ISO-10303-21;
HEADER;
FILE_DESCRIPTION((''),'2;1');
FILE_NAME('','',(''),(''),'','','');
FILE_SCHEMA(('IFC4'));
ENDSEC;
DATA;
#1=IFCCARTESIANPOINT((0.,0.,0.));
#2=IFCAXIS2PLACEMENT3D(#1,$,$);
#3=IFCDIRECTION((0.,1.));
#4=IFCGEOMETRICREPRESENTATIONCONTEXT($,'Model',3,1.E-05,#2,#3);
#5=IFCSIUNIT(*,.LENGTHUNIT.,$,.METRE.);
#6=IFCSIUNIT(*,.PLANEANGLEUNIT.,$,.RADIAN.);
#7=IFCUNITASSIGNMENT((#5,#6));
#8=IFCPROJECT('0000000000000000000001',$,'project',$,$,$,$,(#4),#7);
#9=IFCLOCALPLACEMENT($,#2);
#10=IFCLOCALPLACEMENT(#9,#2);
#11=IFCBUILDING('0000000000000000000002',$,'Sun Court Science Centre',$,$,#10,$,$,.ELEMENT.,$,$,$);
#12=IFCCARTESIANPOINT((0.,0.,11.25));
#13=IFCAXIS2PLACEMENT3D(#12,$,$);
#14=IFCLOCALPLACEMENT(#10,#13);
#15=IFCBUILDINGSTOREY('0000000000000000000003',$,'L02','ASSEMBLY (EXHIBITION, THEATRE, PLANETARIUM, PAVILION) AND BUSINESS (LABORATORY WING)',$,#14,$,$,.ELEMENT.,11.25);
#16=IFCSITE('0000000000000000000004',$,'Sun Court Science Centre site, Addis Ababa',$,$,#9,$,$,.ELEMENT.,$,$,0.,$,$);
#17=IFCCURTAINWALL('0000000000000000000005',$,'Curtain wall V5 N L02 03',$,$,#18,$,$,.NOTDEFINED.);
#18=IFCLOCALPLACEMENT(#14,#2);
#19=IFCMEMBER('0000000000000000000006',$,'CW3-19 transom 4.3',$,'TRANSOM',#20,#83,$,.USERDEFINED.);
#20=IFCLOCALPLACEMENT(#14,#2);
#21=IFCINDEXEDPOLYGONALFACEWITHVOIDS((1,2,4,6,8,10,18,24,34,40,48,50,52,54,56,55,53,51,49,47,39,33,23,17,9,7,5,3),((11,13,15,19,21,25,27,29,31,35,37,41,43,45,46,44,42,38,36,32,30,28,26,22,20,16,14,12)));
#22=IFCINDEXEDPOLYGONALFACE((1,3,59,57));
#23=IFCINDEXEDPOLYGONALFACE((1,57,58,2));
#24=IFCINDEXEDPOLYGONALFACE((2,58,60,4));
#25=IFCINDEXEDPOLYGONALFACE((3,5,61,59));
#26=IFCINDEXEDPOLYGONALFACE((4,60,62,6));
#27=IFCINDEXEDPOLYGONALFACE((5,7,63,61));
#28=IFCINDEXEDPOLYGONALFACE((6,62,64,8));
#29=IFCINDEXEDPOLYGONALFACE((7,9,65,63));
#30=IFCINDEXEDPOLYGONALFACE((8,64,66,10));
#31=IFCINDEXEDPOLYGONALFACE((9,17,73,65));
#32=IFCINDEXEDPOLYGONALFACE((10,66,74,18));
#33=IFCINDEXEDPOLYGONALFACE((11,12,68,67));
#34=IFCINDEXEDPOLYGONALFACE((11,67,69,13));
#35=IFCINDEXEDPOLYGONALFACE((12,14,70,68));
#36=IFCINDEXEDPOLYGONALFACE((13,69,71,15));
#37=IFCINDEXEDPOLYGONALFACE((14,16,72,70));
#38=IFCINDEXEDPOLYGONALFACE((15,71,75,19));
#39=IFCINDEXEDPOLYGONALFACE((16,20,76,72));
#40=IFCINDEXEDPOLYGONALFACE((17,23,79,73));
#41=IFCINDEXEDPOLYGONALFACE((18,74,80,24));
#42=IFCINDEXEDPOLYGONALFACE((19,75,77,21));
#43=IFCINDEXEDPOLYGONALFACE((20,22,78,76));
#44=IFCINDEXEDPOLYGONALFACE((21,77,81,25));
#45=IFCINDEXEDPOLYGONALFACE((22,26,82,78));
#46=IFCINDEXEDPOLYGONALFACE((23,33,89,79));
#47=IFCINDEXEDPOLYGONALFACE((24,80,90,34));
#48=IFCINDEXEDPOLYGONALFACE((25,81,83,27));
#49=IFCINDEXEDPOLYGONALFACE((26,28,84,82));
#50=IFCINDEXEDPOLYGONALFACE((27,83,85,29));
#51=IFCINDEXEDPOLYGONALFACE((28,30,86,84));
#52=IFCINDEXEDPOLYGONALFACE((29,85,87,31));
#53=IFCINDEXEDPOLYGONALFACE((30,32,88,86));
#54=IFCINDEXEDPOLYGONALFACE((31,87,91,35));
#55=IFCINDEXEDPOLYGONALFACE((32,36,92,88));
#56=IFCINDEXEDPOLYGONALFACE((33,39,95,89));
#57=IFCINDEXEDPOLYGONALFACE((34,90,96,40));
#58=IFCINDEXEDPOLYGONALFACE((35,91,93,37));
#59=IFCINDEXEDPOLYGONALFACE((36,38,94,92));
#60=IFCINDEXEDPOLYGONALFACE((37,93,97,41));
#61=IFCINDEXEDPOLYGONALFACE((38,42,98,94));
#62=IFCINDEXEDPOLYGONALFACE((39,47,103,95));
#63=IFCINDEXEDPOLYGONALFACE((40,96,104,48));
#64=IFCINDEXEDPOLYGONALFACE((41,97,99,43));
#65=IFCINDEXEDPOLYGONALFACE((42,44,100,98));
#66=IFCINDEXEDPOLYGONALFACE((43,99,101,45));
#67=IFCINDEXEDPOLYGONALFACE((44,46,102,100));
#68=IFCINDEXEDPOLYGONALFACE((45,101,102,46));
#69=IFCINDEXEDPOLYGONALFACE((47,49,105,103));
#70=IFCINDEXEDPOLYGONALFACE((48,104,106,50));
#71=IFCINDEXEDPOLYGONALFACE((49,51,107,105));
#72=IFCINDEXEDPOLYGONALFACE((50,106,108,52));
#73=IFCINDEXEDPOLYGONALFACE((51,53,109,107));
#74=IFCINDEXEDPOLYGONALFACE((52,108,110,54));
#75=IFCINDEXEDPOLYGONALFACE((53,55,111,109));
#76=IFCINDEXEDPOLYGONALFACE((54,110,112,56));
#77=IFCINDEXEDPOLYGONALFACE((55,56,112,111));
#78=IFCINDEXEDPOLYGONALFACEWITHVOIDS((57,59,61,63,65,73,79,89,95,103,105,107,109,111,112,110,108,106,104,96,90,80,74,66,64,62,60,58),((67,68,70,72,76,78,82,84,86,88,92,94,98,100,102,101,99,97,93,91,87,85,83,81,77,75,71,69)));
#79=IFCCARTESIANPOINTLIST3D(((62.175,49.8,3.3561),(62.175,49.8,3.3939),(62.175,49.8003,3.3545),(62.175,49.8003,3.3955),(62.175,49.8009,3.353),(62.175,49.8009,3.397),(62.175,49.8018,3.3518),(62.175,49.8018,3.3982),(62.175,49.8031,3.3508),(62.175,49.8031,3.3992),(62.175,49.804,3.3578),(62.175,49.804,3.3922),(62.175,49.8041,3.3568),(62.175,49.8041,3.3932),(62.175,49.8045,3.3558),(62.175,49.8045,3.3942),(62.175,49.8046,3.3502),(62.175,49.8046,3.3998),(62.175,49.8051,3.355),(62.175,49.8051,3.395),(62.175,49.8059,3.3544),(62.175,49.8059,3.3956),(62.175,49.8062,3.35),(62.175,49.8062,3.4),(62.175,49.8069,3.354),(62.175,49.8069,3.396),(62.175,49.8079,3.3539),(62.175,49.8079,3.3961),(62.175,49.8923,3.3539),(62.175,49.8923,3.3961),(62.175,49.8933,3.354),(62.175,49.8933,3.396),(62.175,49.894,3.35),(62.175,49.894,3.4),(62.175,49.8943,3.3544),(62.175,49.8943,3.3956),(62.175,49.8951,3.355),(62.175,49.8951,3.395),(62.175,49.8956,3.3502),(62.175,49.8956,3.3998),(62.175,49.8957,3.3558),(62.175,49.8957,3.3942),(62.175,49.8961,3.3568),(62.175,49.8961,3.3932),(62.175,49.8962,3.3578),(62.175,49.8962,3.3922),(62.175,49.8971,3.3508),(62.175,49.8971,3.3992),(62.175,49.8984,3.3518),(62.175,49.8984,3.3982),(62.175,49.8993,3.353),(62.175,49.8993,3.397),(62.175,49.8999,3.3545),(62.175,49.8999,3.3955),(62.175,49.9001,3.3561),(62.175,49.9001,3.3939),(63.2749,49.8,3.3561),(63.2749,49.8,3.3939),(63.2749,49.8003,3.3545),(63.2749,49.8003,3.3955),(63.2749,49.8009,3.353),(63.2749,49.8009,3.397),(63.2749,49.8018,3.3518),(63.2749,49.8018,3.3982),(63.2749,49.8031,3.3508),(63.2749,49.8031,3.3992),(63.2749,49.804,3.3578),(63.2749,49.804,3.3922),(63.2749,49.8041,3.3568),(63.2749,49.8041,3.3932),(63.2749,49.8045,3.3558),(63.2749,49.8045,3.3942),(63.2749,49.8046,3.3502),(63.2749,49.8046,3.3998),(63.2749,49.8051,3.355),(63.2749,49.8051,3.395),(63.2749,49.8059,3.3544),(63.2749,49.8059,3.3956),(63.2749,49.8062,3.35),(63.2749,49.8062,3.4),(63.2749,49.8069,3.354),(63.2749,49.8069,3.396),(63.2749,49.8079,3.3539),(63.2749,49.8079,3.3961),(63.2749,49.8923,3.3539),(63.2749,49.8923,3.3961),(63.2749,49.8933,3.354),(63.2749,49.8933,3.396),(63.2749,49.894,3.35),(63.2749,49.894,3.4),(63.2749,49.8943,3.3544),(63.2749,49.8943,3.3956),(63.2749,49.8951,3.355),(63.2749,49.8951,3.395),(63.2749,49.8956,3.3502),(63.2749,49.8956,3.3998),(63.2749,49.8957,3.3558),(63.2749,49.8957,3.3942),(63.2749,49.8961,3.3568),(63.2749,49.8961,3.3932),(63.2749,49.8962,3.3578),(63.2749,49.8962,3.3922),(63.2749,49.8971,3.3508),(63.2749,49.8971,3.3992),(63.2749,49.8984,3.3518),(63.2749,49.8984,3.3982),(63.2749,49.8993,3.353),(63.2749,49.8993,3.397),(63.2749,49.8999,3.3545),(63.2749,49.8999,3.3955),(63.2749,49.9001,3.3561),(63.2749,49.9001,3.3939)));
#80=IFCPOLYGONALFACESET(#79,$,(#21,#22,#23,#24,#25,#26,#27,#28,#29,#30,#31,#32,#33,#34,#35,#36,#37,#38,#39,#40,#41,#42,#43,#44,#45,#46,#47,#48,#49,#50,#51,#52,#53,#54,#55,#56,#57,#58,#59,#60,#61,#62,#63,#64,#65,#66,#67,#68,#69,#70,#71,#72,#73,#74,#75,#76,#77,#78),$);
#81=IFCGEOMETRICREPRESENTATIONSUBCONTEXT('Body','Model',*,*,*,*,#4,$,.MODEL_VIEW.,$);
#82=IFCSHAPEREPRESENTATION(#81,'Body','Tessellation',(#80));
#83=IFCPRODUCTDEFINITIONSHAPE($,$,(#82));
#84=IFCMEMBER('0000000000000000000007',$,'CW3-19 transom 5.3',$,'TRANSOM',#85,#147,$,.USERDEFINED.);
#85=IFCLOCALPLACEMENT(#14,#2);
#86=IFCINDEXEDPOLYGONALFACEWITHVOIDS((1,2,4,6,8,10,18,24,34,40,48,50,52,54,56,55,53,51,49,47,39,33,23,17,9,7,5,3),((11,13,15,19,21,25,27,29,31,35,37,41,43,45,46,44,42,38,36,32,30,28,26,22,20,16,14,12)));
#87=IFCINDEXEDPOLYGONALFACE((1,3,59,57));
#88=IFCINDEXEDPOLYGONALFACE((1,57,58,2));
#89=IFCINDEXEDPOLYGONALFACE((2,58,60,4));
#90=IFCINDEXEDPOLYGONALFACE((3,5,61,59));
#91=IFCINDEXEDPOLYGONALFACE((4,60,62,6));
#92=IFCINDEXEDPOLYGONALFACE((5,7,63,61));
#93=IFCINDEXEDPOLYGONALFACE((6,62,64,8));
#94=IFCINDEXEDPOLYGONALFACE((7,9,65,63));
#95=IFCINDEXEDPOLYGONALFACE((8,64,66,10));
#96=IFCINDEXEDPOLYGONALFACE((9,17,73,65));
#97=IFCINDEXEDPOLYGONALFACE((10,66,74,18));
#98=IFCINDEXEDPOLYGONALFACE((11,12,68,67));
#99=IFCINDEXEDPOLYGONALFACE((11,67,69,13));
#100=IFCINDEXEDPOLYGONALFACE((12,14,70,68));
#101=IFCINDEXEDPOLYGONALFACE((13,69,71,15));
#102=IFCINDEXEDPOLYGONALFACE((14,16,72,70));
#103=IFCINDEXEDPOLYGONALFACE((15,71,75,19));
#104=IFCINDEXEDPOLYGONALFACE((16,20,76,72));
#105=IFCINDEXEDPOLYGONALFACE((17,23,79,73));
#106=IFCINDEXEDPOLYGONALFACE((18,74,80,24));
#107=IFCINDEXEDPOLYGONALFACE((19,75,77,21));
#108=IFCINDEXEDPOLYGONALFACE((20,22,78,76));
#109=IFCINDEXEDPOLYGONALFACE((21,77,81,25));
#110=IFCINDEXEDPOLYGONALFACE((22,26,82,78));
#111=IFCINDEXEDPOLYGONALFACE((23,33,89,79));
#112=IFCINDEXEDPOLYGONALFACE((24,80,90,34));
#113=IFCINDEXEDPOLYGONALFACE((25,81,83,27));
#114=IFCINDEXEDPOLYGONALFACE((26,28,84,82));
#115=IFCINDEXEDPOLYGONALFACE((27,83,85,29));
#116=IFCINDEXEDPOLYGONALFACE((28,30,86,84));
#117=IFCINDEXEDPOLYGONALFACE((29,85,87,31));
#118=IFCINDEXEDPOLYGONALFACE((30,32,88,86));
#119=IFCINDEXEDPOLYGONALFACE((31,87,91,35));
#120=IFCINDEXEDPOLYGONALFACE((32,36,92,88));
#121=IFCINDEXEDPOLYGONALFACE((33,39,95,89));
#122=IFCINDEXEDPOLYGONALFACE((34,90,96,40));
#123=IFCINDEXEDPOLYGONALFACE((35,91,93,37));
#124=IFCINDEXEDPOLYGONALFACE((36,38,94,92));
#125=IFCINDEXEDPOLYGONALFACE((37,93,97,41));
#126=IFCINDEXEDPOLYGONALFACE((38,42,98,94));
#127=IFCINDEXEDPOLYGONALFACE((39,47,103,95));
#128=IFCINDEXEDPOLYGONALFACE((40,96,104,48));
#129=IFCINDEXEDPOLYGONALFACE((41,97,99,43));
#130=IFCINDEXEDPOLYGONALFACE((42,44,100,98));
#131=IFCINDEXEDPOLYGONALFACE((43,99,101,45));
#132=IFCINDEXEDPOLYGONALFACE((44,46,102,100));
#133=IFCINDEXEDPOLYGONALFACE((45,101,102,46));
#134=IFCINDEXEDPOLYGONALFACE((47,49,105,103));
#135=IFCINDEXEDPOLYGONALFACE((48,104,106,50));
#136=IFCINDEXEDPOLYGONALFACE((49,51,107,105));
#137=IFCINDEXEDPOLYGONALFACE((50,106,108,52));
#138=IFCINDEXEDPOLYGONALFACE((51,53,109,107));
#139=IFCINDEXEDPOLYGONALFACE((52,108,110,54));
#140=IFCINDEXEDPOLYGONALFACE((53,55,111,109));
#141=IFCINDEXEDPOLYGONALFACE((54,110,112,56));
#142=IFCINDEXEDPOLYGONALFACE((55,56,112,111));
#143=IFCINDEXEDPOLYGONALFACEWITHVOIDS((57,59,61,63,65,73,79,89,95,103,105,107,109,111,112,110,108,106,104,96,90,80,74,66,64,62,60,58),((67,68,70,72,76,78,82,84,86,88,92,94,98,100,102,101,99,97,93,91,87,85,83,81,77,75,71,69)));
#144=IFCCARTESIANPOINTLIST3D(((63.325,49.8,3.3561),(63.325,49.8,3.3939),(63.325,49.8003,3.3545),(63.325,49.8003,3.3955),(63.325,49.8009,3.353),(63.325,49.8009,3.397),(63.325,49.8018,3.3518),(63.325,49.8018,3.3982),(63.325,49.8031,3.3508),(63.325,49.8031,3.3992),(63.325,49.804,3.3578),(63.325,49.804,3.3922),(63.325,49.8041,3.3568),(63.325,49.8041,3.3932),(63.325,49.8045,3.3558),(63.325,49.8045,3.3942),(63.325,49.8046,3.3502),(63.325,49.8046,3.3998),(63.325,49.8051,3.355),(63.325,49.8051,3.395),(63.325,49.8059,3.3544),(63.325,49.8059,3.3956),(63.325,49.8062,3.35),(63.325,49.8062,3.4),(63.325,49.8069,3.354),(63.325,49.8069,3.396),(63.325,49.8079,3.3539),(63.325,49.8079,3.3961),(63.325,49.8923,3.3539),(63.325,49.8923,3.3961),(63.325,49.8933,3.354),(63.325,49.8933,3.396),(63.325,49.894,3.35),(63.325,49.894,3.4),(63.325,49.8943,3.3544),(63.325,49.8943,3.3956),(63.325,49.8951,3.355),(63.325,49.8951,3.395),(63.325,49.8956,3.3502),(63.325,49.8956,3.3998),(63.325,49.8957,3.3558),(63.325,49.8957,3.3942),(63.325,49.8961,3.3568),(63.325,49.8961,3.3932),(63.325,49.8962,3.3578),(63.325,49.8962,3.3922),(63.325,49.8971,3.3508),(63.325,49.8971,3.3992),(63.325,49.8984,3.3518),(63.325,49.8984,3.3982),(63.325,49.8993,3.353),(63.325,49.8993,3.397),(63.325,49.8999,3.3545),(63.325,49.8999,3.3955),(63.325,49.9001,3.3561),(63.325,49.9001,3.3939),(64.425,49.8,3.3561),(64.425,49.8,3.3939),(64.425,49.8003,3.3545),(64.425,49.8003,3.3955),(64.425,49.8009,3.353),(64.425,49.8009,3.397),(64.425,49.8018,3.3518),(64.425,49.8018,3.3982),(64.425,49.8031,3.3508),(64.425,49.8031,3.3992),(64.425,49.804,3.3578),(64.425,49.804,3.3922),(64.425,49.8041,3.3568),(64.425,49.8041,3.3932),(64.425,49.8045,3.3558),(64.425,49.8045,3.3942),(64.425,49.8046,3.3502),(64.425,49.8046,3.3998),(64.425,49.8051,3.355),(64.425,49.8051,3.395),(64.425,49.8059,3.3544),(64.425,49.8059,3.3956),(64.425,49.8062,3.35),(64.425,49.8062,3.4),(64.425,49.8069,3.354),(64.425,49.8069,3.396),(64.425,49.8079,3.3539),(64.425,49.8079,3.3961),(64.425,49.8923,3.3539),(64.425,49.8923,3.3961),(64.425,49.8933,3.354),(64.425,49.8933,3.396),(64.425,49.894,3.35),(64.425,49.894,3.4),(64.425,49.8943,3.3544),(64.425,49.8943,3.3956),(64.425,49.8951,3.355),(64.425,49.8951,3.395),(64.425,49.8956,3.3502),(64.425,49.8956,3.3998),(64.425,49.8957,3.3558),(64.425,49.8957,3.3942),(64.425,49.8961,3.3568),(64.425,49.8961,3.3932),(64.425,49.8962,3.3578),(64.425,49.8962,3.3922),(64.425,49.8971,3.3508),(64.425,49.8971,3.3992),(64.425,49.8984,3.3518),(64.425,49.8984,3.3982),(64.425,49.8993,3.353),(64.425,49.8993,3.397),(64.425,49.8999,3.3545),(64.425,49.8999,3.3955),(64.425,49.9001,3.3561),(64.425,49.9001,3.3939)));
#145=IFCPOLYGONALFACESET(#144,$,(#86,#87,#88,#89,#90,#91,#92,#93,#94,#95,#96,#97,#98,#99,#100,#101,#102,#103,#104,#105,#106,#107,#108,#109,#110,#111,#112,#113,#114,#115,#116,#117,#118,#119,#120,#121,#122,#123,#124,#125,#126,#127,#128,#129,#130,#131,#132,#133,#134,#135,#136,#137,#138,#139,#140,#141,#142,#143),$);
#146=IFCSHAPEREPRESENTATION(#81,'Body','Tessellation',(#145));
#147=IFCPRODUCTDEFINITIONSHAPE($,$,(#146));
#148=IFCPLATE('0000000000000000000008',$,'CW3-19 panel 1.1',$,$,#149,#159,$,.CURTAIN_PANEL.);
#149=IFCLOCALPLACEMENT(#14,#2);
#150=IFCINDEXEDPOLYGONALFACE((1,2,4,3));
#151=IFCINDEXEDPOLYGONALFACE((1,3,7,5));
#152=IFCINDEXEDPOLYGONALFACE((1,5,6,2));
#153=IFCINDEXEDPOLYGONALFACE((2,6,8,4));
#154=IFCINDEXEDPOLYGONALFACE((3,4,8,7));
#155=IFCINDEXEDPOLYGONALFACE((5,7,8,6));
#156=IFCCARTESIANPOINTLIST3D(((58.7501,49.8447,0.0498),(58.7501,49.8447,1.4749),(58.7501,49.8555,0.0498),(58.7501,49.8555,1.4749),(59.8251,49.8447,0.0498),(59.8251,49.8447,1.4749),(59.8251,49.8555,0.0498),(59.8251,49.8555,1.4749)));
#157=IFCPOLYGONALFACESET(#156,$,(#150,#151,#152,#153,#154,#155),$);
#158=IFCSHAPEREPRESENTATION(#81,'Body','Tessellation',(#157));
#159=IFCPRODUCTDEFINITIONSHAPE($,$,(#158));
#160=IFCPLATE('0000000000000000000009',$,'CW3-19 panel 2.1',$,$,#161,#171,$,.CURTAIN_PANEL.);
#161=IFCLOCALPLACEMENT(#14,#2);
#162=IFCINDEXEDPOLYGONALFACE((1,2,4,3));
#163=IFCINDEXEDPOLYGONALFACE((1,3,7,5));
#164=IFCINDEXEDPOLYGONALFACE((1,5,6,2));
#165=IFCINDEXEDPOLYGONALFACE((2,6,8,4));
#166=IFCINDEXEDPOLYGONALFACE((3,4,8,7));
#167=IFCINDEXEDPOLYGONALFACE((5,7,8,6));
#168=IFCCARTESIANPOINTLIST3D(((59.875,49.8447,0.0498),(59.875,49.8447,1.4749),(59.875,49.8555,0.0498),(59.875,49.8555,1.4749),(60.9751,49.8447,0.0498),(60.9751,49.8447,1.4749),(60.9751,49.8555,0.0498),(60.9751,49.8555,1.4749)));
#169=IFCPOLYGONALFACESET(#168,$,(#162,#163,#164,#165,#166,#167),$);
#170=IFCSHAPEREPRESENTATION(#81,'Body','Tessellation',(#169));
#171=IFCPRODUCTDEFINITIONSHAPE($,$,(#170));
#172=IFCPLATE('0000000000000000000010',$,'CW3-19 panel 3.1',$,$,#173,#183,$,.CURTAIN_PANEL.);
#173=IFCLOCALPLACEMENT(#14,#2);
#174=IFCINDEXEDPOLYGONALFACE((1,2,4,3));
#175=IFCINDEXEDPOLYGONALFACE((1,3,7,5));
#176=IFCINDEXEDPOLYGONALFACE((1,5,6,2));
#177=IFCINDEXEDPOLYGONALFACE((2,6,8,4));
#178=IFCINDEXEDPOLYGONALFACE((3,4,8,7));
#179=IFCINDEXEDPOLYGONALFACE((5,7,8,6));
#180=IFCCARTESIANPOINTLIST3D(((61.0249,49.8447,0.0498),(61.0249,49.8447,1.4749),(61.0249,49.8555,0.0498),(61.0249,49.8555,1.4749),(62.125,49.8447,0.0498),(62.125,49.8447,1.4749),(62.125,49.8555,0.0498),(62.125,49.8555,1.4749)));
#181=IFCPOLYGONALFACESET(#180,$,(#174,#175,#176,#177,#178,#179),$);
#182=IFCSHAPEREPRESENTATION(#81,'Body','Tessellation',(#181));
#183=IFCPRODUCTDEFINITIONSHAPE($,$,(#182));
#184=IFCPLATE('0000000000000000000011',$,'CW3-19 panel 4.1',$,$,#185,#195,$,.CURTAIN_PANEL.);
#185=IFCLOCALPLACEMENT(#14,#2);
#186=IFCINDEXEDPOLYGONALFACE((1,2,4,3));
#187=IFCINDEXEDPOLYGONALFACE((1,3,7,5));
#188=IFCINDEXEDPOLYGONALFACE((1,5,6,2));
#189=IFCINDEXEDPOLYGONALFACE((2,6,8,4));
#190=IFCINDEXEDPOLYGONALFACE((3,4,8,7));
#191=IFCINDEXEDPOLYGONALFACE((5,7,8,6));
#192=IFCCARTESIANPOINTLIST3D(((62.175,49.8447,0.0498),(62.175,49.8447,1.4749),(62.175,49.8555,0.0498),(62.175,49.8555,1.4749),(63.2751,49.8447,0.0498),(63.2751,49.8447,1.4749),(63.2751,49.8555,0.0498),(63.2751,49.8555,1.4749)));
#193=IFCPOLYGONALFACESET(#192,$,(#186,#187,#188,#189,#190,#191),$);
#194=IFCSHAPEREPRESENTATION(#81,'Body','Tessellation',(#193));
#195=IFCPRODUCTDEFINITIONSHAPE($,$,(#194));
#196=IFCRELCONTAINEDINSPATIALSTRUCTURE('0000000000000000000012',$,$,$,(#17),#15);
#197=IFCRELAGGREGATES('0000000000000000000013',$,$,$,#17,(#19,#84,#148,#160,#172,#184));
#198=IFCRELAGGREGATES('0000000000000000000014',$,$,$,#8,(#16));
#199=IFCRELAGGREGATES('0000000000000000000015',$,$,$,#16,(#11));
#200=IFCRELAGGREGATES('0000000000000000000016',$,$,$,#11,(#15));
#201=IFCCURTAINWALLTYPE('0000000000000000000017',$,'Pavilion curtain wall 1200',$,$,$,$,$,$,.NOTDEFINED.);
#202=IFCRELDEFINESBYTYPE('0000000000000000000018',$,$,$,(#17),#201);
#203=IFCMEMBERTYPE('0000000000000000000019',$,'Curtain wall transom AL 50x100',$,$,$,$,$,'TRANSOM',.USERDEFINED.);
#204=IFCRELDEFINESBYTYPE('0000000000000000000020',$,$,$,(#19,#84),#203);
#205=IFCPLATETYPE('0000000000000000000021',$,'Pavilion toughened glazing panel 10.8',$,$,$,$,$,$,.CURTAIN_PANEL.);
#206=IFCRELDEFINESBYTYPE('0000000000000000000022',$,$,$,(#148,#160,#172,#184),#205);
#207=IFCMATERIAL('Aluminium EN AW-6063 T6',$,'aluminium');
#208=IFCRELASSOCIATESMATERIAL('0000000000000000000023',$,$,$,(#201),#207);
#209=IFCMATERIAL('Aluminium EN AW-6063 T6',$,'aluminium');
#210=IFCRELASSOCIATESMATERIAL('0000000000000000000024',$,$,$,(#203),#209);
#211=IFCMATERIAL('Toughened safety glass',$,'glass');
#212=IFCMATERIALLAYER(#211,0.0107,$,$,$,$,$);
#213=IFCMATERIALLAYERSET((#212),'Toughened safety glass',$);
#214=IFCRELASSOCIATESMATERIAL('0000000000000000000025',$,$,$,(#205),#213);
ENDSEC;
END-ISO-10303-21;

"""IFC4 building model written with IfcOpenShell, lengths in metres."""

from ifc_helpers import new_model, si_unit, direction, frame, origin, origin_2d, place, context, subcontext, project, spatial, rectangle, hollow_rectangle, extrude, material, layer, layer_set, material_profile, profile_set, type_object, element, aggregate, save


model = new_model("IFC4")

# Units and contexts
model_context = context("Model", 3, precision=1e-05, world=origin(), true_north=direction((0.0, 1.0)))
body_context = subcontext(model_context, "Body", "Model", "MODEL_VIEW")
ifc_project = project(units=[si_unit("LENGTHUNIT", "METRE"), si_unit("PLANEANGLEUNIT", "RADIAN")], contexts=[model_context])

# Site, building, storey
site_placement = place(None, origin())
site = spatial("IfcSite", under=ifc_project, at=site_placement, Name="Sun Court Science Centre site, Addis Ababa", CompositionType="ELEMENT", RefElevation=0.0)
building_placement = place(site_placement, origin())
building = spatial("IfcBuilding", under=site, at=building_placement, Name="Sun Court Science Centre", CompositionType="ELEMENT")
storey_placement = place(building_placement, frame((0.0, 0.0, 11.25)))
storey = spatial("IfcBuildingStorey", under=building, at=storey_placement, Name="L02", Description="ASSEMBLY (EXHIBITION, THEATRE, PLANETARIUM, PAVILION) AND BUSINESS (LABORATORY WING)", CompositionType="ELEMENT", Elevation=11.25)

# Curtain wall, members, plates
ifc_material_1 = material(Name="Aluminium EN AW-6063 T6", Category="aluminium")
curtain_wall_type = type_object("IfcCurtainWallType", Name="Pavilion curtain wall 1200", PredefinedType="NOTDEFINED", material=ifc_material_1)
curtain_wall_placement = place(storey_placement, origin())
curtain_wall = element("IfcCurtainWall", 1, at=curtain_wall_placement, inside=storey, type_object=curtain_wall_type, Name="Curtain wall V5 N L02 03", PredefinedType="NOTDEFINED")
ifc_material_2 = material(Name="Aluminium EN AW-6063 T6", Category="aluminium")
ifc_material_profile_1 = material_profile(ifc_material_2, hollow_rectangle(XDim=0.05, YDim=0.1001, WallThickness=0.0039, InnerFilletRadius=0.0039, OuterFilletRadius=0.0061, at=origin_2d()), Name="AL 50x100x4")
ifc_profile_set_1 = profile_set([ifc_material_profile_1], Name="Aluminium EN AW-6063 T6")
member_type_1 = type_object("IfcMemberType", Name="Curtain wall transom AL 50x100", ElementType="TRANSOM", PredefinedType="USERDEFINED", material=ifc_profile_set_1)
member_1_placement = place(storey_placement, frame((62.175, 49.8501, 3.375), z_axis=(1.0, 0.0, 0.0), x_axis=(0.0, 0.0, 1.0)))
member_1 = element("IfcMember", 2, at=member_1_placement, type_object=member_type_1, Name="CW3-19 transom 4.3", ObjectType="TRANSOM", PredefinedType="USERDEFINED", context=body_context, shape_type="SweptSolid", body=[
    extrude(hollow_rectangle(XDim=0.05, YDim=0.1001, WallThickness=0.0039, InnerFilletRadius=0.0039, OuterFilletRadius=0.0061, at=origin_2d()), origin(), (0.0, 0.0, 1.0), 1.0999),
])
member_2_placement = place(storey_placement, frame((63.325, 49.8501, 3.375), z_axis=(1.0, 0.0, 0.0), x_axis=(0.0, 0.0, 1.0)))
member_2 = element("IfcMember", 3, at=member_2_placement, type_object=member_type_1, Name="CW3-19 transom 5.3", ObjectType="TRANSOM", PredefinedType="USERDEFINED", context=body_context, shape_type="SweptSolid", body=[
    extrude(hollow_rectangle(XDim=0.05, YDim=0.1001, WallThickness=0.0039, InnerFilletRadius=0.0039, OuterFilletRadius=0.0061, at=origin_2d()), origin(), (0.0, 0.0, 1.0), 1.1001),
])
ifc_material_3 = material(Name="Toughened safety glass", Category="glass")
ifc_layer = layer(ifc_material_3, 0.0107)
ifc_layer_set = layer_set([ifc_layer], Name="Toughened safety glass")
plate_type = type_object("IfcPlateType", Name="Pavilion toughened glazing panel 10.8", PredefinedType="CURTAIN_PANEL", material=ifc_layer_set)
plate_1_placement = place(storey_placement, frame((59.2876, 49.8501, 0.0498), z_axis=(0.0, 0.0, 1.0), x_axis=(1.0, 0.0, 0.0)))
plate_1 = element("IfcPlate", 4, at=plate_1_placement, type_object=plate_type, Name="CW3-19 panel 1.1", PredefinedType="CURTAIN_PANEL", context=body_context, shape_type="SweptSolid", body=[
    extrude(rectangle(XDim=1.075, YDim=0.0107, at=origin_2d()), origin(), (0.0, 0.0, 1.0), 1.425),
])
plate_2_placement = place(storey_placement, frame((60.425, 49.8501, 0.0498), z_axis=(0.0, 0.0, 1.0), x_axis=(1.0, 0.0, 0.0)))
plate_2 = element("IfcPlate", 5, at=plate_2_placement, type_object=plate_type, Name="CW3-19 panel 2.1", PredefinedType="CURTAIN_PANEL", context=body_context, shape_type="SweptSolid", body=[
    extrude(rectangle(XDim=1.1001, YDim=0.0107, at=origin_2d()), origin(), (0.0, 0.0, 1.0), 1.425),
])
plate_3_placement = place(storey_placement, frame((61.575, 49.8501, 0.0498), z_axis=(0.0, 0.0, 1.0), x_axis=(1.0, 0.0, 0.0)))
plate_3 = element("IfcPlate", 6, at=plate_3_placement, type_object=plate_type, Name="CW3-19 panel 3.1", PredefinedType="CURTAIN_PANEL", context=body_context, shape_type="SweptSolid", body=[
    extrude(rectangle(XDim=1.1001, YDim=0.0107, at=origin_2d()), origin(), (0.0, 0.0, 1.0), 1.425),
])
plate_4_placement = place(storey_placement, frame((62.7251, 49.8501, 0.0498), z_axis=(0.0, 0.0, 1.0), x_axis=(1.0, 0.0, 0.0)))
plate_4 = element("IfcPlate", 7, at=plate_4_placement, type_object=plate_type, Name="CW3-19 panel 4.1", PredefinedType="CURTAIN_PANEL", context=body_context, shape_type="SweptSolid", body=[
    extrude(rectangle(XDim=1.1001, YDim=0.0107, at=origin_2d()), origin(), (0.0, 0.0, 1.0), 1.425),
])
aggregate(curtain_wall, [member_1, member_2, plate_1, plate_2, plate_3, plate_4])

save(model, "model.ifc")
